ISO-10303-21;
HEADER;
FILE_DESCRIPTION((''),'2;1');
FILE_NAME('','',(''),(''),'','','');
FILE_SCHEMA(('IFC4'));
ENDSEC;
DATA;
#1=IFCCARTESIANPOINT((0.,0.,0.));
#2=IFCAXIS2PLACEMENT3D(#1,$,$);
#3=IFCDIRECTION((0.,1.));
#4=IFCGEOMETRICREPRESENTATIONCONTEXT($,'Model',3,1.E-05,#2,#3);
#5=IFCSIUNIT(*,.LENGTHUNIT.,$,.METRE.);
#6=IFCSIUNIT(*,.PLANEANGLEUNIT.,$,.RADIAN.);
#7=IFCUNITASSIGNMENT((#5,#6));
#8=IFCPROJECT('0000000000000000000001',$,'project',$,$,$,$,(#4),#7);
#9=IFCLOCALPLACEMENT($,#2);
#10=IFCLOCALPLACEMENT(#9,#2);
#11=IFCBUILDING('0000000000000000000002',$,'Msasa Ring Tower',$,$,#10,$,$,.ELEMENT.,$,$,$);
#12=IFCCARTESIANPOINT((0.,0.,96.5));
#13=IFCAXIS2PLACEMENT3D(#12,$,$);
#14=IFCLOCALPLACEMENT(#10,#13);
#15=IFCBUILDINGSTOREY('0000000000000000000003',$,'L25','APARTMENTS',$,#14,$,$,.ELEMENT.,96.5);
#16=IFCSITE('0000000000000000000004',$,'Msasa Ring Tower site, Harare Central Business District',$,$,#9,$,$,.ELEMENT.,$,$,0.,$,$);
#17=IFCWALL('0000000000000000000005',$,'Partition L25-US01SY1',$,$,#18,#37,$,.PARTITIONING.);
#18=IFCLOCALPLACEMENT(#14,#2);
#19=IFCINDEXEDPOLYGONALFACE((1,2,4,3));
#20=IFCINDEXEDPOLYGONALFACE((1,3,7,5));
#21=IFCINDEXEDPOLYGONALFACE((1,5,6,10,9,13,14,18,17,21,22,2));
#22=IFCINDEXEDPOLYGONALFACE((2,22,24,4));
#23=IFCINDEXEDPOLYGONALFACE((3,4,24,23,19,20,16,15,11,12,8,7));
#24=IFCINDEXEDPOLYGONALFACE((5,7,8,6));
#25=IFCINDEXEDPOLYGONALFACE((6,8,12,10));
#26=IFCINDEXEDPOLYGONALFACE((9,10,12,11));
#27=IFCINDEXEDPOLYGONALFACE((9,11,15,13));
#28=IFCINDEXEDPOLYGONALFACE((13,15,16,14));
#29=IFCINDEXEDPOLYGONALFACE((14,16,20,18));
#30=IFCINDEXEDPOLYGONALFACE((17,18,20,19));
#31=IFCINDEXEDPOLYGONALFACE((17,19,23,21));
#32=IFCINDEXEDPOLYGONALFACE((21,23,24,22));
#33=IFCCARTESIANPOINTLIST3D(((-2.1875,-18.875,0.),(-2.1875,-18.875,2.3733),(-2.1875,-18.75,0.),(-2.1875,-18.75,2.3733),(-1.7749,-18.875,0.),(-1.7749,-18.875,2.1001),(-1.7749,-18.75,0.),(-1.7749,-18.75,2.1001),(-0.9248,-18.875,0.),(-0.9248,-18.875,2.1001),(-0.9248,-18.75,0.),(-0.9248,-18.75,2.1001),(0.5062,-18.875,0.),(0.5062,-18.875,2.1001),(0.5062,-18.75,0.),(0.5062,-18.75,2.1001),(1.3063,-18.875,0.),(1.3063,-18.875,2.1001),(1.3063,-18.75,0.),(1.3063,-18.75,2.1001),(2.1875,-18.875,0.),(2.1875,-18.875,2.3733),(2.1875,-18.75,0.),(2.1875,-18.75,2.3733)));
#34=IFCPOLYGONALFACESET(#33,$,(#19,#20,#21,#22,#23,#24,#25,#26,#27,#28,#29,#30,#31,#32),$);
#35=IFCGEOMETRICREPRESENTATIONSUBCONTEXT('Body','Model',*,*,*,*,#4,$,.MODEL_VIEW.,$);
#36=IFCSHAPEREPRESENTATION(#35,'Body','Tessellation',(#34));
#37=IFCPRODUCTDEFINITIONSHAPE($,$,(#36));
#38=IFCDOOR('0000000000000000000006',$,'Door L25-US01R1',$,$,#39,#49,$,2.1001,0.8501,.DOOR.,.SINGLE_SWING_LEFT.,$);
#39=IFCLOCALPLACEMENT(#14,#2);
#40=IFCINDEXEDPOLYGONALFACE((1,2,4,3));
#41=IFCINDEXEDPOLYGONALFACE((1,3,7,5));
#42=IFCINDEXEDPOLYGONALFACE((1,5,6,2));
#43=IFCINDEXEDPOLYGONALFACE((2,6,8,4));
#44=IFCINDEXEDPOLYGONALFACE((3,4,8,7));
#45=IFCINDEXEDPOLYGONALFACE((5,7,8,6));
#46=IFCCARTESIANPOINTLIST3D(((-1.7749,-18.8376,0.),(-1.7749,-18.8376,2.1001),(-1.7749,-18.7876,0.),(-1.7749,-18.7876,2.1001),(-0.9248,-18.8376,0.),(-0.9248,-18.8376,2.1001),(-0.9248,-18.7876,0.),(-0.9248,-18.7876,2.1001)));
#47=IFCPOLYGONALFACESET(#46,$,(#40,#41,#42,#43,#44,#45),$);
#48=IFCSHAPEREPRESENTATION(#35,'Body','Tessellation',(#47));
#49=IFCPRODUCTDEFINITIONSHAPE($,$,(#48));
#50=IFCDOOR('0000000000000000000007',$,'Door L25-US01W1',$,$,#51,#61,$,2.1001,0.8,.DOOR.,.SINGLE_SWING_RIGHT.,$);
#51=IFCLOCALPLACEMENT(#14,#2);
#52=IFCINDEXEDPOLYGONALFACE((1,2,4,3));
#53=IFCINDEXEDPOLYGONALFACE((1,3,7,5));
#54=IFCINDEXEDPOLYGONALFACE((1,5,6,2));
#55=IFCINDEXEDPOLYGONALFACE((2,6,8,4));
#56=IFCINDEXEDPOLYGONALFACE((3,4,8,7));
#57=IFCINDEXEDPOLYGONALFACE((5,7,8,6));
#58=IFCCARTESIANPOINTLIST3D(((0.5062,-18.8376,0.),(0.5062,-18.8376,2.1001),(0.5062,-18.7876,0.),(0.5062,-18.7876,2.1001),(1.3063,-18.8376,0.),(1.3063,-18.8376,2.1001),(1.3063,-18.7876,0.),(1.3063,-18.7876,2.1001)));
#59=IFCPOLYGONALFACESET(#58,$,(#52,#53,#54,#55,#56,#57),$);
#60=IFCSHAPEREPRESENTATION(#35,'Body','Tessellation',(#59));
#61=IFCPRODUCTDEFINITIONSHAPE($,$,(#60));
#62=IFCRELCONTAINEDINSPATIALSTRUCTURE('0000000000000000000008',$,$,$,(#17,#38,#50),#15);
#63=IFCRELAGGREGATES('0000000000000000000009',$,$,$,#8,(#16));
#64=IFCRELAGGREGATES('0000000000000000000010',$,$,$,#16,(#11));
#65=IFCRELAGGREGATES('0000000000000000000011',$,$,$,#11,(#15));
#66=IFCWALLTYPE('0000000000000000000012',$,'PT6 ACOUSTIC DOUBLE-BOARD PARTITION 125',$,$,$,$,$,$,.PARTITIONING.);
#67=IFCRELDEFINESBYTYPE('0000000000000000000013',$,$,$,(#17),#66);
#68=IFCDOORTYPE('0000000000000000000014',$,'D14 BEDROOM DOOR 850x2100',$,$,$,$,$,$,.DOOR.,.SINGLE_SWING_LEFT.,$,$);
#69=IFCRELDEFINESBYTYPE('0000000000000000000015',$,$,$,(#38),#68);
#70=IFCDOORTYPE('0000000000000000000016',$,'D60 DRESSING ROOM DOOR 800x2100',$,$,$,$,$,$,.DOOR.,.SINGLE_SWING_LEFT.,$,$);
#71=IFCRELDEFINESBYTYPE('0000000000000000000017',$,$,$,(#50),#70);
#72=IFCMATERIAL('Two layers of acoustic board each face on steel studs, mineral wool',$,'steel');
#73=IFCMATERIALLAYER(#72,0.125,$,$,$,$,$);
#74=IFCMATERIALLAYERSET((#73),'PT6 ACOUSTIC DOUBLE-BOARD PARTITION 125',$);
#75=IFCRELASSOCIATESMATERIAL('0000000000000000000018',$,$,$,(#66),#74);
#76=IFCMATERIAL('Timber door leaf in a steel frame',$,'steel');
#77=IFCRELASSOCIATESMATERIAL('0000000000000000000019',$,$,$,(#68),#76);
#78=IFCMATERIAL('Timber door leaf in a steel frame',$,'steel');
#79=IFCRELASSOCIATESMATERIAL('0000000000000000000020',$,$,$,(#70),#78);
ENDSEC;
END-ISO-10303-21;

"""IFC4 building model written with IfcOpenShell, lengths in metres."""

from ifc_helpers import new_model, si_unit, direction, frame, frame_2d, origin, place, context, subcontext, project, spatial, rectangle, extrude, material, layer, layer_set, type_object, element, fill, save


model = new_model("IFC4")

# Units and contexts
model_context = context("Model", 3, precision=1e-05, world=origin(), true_north=direction((0.0, 1.0)))
body_context = subcontext(model_context, "Body", "Model", "MODEL_VIEW")
ifc_project = project(units=[si_unit("LENGTHUNIT", "METRE"), si_unit("PLANEANGLEUNIT", "RADIAN")], contexts=[model_context])

# Site, building, storey
site_placement = place(None, origin())
site = spatial("IfcSite", under=ifc_project, at=site_placement, Name="Msasa Ring Tower site, Harare Central Business District", CompositionType="ELEMENT", RefElevation=0.0)
building_placement = place(site_placement, origin())
building = spatial("IfcBuilding", under=site, at=building_placement, Name="Msasa Ring Tower", CompositionType="ELEMENT")
storey_placement = place(building_placement, frame((0.0, 0.0, 96.5)))
storey = spatial("IfcBuildingStorey", under=building, at=storey_placement, Name="L25", Description="APARTMENTS", CompositionType="ELEMENT", Elevation=96.5)

# Shared definitions
ifc_material_1 = material(Name="Two layers of acoustic board each face on steel studs, mineral wool", Category="steel")
ifc_layer_1 = layer(ifc_material_1, 0.125)
ifc_layer_set_1 = layer_set([ifc_layer_1], Name="PT6 ACOUSTIC DOUBLE-BOARD PARTITION 125")
wall_type_1 = type_object("IfcWallType", Name="PT6 ACOUSTIC DOUBLE-BOARD PARTITION 125", PredefinedType="PARTITIONING", material=ifc_layer_set_1)

# Shared definitions
ifc_material_2 = material(Name="Timber door leaf in a steel frame", Category="steel")
door_type_1 = type_object("IfcDoorType", Name="D14 BEDROOM DOOR 850x2100", OperationType="SINGLE_SWING_LEFT", PredefinedType="DOOR", material=ifc_material_2)
ifc_material_3 = material(Name="Timber door leaf in a steel frame", Category="steel")
door_type_2 = type_object("IfcDoorType", Name="D60 DRESSING ROOM DOOR 800x2100", OperationType="SINGLE_SWING_LEFT", PredefinedType="DOOR", material=ifc_material_3)

# Wall, openings, doors
wall_1_placement = place(storey_placement, frame((-2.1875, -18.8125, 0.0), z_axis=(0.0, 0.0, 1.0), x_axis=(1.0, 0.0, 0.0)))
wall_1 = element("IfcWall", 1, at=wall_1_placement, inside=storey, type_object=wall_type_1, Name="Partition L25-US01SY1", PredefinedType="PARTITIONING", context=body_context, shape_type="SweptSolid", body=[
    extrude(rectangle(XDim=4.375, YDim=0.125, at=frame_2d((2.1875, 0.0))), origin(), (0.0, 0.0, 1.0), 2.3733),
])
opening_1_placement = place(wall_1_placement, frame((0.4126, 0.0, 0.0)))
opening_1 = element("IfcOpeningElement", 2, at=opening_1_placement, cuts=wall_1, PredefinedType="OPENING", context=body_context, shape_type="SweptSolid", body=[
    extrude(rectangle(XDim=0.8501, YDim=2.1001, at=frame_2d((0.425, 1.05))), frame((0.0, 0.0725, 0.0), z_axis=(0.0, -1.0, 0.0), x_axis=(1.0, 0.0, 0.0)), (0.0, 0.0, 1.0), 0.145),
])
opening_2_placement = place(wall_1_placement, frame((2.6938, 0.0, 0.0)))
opening_2 = element("IfcOpeningElement", 3, at=opening_2_placement, cuts=wall_1, PredefinedType="OPENING", context=body_context, shape_type="SweptSolid", body=[
    extrude(rectangle(XDim=0.8, YDim=2.1001, at=frame_2d((0.3999, 1.05))), frame((0.0, 0.0725, 0.0), z_axis=(0.0, -1.0, 0.0), x_axis=(1.0, 0.0, 0.0)), (0.0, 0.0, 1.0), 0.145),
])
door_1_placement = place(opening_1_placement, origin())
door_1 = element("IfcDoor", 4, at=door_1_placement, inside=storey, type_object=door_type_1, Name="Door L25-US01R1", OperationType="SINGLE_SWING_LEFT", OverallHeight=2.1001, OverallWidth=0.8501, PredefinedType="DOOR", context=body_context, shape_type="SweptSolid", body=[
    extrude(rectangle(XDim=0.8501, YDim=2.1001, at=frame_2d((0.425, 1.05))), frame((0.0, 0.0249, 0.0), z_axis=(0.0, -1.0, 0.0), x_axis=(1.0, 0.0, 0.0)), (0.0, 0.0, 1.0), 0.05),
])
fill(opening_1, door_1)
door_2_placement = place(opening_2_placement, origin())
door_2 = element("IfcDoor", 5, at=door_2_placement, inside=storey, type_object=door_type_2, Name="Door L25-US01W1", OperationType="SINGLE_SWING_RIGHT", OverallHeight=2.1001, OverallWidth=0.8, PredefinedType="DOOR", context=body_context, shape_type="SweptSolid", body=[
    extrude(rectangle(XDim=0.8, YDim=2.1001, at=frame_2d((0.3999, 1.05))), frame((0.0, 0.0249, 0.0), z_axis=(0.0, -1.0, 0.0), x_axis=(1.0, 0.0, 0.0)), (0.0, 0.0, 1.0), 0.05),
])
fill(opening_2, door_2)

save(model, "model.ifc")
